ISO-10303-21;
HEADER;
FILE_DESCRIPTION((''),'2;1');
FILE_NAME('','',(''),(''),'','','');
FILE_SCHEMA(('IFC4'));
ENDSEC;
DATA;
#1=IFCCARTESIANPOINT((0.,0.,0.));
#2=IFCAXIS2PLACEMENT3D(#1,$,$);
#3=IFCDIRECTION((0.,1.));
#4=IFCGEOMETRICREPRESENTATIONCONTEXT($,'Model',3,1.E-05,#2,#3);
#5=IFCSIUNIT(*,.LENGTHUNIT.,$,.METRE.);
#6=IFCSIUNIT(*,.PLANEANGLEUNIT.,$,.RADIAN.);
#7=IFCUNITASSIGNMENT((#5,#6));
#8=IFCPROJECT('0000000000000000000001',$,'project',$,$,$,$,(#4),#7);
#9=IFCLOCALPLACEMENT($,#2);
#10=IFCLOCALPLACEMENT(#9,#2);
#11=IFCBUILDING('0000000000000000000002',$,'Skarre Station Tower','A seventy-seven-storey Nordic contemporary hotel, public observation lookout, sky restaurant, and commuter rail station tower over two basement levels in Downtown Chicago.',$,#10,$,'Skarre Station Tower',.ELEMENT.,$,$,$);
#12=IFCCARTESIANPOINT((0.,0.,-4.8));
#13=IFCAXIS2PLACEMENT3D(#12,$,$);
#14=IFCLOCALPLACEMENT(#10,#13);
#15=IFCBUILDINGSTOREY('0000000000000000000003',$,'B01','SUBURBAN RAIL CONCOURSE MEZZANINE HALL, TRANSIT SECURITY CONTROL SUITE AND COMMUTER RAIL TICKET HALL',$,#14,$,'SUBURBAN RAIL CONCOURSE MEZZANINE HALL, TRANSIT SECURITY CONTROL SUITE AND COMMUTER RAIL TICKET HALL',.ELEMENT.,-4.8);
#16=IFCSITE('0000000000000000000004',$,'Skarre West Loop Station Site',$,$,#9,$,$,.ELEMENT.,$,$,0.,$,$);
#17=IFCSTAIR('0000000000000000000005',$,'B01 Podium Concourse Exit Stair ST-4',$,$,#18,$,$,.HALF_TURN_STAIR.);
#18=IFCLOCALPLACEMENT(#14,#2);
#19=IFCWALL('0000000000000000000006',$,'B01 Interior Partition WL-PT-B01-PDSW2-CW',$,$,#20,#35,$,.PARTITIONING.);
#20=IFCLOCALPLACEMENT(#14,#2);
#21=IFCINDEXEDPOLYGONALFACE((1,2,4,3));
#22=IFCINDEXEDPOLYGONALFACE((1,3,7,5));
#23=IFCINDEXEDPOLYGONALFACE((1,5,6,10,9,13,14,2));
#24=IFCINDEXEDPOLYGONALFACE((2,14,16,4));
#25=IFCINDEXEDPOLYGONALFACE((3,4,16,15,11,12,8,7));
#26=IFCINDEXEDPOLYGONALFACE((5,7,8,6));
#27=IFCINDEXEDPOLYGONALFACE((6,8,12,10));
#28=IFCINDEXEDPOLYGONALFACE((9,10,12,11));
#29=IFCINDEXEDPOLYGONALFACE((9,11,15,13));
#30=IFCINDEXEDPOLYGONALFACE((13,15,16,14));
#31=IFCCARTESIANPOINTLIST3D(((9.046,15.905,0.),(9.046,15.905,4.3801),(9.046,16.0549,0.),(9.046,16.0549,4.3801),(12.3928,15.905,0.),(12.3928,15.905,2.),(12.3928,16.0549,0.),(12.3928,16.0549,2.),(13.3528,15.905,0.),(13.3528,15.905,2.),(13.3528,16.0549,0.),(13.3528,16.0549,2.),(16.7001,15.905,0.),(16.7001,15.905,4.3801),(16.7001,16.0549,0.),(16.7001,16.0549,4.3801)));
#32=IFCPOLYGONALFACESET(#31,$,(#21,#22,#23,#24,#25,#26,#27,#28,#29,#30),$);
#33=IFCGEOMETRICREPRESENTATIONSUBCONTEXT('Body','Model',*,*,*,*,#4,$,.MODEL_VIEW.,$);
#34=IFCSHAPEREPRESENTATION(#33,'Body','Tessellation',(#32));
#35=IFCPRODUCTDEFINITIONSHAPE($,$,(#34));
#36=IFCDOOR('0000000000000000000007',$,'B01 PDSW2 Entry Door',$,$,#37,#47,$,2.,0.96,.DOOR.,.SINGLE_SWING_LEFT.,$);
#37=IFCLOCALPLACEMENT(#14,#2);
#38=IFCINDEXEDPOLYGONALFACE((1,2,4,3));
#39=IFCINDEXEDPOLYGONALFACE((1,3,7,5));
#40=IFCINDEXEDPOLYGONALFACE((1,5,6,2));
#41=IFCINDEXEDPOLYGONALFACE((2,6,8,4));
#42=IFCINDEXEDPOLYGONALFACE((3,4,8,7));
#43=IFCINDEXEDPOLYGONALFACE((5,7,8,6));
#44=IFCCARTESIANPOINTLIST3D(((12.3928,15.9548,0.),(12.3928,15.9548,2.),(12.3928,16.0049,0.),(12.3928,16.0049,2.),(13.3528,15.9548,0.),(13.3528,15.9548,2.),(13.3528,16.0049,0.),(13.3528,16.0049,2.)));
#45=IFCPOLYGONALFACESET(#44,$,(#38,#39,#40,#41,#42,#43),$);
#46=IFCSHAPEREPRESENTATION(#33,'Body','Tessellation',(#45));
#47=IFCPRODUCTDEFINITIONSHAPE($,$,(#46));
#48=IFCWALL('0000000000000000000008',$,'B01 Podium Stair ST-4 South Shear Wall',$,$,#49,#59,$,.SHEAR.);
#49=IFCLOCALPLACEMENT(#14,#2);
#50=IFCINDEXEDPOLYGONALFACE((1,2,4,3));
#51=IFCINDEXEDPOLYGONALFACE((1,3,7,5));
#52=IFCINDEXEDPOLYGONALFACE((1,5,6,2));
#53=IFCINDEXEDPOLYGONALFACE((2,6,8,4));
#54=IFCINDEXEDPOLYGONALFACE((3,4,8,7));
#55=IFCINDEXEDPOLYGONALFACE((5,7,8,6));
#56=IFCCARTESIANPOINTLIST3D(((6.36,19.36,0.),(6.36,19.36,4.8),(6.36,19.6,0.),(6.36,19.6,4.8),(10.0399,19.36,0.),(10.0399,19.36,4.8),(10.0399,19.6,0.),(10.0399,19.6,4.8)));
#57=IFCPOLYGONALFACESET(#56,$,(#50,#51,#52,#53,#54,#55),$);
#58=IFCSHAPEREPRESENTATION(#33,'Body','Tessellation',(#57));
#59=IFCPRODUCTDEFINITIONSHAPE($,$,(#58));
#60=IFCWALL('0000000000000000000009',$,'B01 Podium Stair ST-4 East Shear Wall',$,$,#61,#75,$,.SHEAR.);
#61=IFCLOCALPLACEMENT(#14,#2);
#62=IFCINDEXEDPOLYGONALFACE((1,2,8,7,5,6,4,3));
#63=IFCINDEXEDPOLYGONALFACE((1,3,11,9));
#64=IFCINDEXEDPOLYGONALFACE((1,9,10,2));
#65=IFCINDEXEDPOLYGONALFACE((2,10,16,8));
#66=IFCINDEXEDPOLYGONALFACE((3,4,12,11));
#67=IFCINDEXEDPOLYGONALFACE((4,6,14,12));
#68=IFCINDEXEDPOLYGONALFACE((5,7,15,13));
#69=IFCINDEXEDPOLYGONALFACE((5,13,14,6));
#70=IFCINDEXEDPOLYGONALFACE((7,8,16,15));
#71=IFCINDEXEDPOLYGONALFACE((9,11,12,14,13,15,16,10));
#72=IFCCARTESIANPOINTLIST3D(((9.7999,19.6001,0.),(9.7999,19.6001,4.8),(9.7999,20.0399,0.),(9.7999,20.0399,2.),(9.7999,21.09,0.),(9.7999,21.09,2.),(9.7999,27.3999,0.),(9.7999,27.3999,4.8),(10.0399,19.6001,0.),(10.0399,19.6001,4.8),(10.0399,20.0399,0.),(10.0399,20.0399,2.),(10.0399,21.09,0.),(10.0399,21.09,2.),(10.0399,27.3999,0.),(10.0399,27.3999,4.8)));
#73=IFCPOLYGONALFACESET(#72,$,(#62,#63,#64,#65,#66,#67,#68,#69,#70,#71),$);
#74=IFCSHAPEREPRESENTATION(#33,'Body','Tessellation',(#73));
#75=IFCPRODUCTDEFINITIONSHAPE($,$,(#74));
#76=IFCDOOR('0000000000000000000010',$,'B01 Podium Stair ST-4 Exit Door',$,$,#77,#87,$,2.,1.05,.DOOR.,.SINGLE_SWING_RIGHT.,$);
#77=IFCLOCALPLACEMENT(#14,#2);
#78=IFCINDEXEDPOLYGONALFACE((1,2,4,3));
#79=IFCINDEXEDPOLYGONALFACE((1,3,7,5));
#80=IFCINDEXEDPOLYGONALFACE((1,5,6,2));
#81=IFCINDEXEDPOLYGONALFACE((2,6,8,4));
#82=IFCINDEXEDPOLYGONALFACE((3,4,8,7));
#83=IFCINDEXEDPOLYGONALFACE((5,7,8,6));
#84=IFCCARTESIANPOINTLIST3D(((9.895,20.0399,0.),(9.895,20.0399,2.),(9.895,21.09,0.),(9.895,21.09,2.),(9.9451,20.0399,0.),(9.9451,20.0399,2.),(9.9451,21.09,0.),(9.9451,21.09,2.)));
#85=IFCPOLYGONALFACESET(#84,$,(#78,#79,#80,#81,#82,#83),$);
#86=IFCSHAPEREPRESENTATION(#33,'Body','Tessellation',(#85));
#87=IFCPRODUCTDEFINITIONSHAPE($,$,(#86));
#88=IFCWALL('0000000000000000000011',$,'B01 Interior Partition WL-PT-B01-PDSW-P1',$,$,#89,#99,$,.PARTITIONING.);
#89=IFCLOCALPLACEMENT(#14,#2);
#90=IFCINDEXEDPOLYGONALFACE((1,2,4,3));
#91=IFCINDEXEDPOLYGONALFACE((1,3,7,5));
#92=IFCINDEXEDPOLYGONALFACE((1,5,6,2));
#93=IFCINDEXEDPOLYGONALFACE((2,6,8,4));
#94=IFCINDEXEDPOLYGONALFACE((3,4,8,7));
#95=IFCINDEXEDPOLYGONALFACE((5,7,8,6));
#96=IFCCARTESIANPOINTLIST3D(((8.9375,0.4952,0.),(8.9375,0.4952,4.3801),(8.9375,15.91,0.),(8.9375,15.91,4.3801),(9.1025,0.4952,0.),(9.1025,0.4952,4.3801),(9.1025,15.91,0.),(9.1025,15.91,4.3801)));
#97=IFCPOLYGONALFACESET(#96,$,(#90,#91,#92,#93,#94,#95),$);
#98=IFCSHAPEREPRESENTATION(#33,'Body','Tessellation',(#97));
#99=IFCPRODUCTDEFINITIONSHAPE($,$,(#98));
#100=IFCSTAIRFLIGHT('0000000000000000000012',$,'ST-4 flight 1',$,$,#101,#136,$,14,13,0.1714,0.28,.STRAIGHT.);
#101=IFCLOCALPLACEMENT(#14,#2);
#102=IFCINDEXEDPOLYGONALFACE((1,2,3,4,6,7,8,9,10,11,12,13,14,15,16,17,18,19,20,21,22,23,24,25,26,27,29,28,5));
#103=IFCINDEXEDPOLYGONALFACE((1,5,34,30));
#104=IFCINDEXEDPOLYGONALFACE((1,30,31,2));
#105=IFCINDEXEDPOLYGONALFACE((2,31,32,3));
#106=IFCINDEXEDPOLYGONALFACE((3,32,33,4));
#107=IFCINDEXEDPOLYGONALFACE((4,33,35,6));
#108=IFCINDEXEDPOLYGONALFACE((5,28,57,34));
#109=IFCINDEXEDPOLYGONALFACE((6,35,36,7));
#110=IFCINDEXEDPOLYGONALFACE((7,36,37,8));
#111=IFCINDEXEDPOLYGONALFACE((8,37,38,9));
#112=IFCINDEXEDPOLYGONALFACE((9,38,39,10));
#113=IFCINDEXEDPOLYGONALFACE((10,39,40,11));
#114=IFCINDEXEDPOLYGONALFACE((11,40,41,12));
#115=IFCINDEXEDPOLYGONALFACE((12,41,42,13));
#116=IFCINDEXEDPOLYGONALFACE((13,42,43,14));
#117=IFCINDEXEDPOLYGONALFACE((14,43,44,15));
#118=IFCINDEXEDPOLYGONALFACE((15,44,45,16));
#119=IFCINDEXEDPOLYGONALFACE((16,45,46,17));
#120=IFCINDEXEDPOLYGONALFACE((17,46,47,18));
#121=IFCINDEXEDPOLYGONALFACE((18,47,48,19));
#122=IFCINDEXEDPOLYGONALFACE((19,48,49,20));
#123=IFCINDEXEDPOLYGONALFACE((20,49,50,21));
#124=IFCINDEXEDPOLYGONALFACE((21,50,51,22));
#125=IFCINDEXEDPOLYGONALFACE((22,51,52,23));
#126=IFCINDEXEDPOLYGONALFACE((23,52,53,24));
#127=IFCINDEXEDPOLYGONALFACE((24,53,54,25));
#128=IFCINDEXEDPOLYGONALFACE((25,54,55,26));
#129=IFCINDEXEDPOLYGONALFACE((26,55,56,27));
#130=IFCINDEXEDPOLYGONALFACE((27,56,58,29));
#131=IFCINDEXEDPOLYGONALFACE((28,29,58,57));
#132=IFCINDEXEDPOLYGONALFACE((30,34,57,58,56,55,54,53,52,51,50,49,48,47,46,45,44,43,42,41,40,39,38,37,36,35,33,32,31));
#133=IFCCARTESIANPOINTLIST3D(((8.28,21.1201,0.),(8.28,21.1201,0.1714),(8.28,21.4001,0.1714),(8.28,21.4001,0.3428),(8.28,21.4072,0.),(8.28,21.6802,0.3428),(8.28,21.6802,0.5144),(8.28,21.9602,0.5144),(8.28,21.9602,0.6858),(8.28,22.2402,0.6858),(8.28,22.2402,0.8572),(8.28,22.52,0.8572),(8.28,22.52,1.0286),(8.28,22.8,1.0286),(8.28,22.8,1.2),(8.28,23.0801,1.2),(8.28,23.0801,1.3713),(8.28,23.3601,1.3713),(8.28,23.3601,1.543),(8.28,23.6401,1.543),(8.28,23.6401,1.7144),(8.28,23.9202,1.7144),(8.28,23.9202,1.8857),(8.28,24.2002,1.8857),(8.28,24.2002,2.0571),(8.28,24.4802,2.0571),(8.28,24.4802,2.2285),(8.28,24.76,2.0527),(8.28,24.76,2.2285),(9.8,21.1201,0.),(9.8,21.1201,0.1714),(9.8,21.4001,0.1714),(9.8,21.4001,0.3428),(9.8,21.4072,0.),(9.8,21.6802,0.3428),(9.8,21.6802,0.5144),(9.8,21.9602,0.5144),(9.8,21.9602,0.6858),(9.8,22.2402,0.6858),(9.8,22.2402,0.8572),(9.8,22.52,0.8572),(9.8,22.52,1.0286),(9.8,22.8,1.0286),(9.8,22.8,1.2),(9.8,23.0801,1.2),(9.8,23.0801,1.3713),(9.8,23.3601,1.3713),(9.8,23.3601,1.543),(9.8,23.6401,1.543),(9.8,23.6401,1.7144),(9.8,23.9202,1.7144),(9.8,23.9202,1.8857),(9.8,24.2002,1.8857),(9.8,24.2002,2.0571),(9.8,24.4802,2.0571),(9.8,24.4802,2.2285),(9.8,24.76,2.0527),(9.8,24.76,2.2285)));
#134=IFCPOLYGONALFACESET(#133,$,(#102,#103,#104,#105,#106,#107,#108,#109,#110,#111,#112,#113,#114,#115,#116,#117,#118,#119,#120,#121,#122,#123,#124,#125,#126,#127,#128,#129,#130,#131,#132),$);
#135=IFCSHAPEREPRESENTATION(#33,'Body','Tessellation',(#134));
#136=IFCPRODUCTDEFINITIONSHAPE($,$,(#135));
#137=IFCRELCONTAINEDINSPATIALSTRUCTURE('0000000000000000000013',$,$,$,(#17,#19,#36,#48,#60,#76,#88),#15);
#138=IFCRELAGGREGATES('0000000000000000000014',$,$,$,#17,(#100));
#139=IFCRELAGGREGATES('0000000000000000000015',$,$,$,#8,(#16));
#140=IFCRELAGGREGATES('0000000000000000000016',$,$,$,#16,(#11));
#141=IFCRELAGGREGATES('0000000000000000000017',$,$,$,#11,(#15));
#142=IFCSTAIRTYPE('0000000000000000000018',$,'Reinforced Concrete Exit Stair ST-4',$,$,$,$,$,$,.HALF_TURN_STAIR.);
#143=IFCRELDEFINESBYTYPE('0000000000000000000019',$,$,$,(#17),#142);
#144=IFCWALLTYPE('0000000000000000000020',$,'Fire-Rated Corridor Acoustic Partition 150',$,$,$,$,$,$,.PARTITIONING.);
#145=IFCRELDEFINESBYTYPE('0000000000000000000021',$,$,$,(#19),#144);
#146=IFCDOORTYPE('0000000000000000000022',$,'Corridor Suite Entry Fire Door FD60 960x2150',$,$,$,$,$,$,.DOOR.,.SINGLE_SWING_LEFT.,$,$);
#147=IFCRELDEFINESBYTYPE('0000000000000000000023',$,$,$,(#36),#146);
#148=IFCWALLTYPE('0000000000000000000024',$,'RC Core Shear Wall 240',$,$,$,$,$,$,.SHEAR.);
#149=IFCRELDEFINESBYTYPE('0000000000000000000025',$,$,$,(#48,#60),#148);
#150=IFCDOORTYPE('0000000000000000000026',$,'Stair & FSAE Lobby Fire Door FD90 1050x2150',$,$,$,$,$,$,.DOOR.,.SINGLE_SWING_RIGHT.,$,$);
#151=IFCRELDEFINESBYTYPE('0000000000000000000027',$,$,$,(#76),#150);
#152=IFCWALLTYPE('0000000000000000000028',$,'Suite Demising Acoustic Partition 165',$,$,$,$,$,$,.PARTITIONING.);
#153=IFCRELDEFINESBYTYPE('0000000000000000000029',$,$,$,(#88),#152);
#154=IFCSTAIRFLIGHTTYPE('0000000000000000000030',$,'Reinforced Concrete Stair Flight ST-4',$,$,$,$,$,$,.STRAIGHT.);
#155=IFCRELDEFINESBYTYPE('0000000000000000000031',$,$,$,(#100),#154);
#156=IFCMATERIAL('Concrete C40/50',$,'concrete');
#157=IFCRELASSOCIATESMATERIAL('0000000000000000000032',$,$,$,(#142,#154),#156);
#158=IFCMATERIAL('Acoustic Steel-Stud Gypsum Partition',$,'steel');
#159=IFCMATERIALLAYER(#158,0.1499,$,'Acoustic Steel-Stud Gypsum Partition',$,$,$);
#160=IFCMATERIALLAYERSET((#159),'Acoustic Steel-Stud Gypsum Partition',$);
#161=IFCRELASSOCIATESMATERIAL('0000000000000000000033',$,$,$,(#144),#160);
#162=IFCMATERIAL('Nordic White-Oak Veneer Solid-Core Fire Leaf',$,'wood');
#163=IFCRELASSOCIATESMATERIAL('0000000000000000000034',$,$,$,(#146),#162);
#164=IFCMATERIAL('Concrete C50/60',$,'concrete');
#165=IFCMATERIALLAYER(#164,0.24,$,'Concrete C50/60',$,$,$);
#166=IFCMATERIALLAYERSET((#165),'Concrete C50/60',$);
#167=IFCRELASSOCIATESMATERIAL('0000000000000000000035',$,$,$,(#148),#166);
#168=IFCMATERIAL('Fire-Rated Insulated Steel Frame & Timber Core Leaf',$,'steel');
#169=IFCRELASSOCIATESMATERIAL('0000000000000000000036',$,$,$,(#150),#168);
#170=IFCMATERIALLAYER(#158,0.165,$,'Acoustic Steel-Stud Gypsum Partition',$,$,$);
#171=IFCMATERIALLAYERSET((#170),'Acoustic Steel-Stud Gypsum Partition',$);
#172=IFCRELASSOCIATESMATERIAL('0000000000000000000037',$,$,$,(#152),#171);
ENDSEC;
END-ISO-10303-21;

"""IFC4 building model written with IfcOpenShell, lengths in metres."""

from ifc_helpers import new_model, si_unit, direction, frame, frame_2d, origin, place, context, subcontext, project, spatial, polyline, rectangle, outline, extrude, material, layer, layer_set, type_object, element, fill, aggregate, save


model = new_model("IFC4")

# Units and contexts
model_context = context("Model", 3, precision=1e-05, world=origin(), true_north=direction((0.0, 1.0)))
body_context = subcontext(model_context, "Body", "Model", "MODEL_VIEW")
ifc_project = project(units=[si_unit("LENGTHUNIT", "METRE"), si_unit("PLANEANGLEUNIT", "RADIAN")], contexts=[model_context])

# Site, building, storey
site_placement = place(None, origin())
site = spatial("IfcSite", under=ifc_project, at=site_placement, Name="Skarre West Loop Station Site", CompositionType="ELEMENT", RefElevation=0.0)
building_placement = place(site_placement, origin())
building = spatial("IfcBuilding", under=site, at=building_placement, Name="Skarre Station Tower", Description="A seventy-seven-storey Nordic contemporary hotel, public observation lookout, sky restaurant, and commuter rail station tower over two basement levels in Downtown Chicago.", LongName="Skarre Station Tower", CompositionType="ELEMENT")
storey_placement = place(building_placement, frame((0.0, 0.0, -4.8)))
storey = spatial("IfcBuildingStorey", under=building, at=storey_placement, Name="B01", Description="SUBURBAN RAIL CONCOURSE MEZZANINE HALL, TRANSIT SECURITY CONTROL SUITE AND COMMUTER RAIL TICKET HALL", LongName="SUBURBAN RAIL CONCOURSE MEZZANINE HALL, TRANSIT SECURITY CONTROL SUITE AND COMMUTER RAIL TICKET HALL", CompositionType="ELEMENT", Elevation=-4.8)

# Shared definitions
ifc_material_1 = material(Name="Concrete C50/60", Category="concrete")

# Stair
ifc_material_2 = material(Name="Concrete C40/50", Category="concrete")
stair_type_1 = type_object("IfcStairType", Name="Reinforced Concrete Exit Stair ST-4", PredefinedType="HALF_TURN_STAIR", material=ifc_material_2)
stair_1_placement = place(storey_placement, origin())
stair_1 = element("IfcStair", 1, at=stair_1_placement, inside=storey, type_object=stair_type_1, Name="B01 Podium Concourse Exit Stair ST-4", PredefinedType="HALF_TURN_STAIR")

# Wall, opening, door
ifc_material_3 = material(Name="Acoustic Steel-Stud Gypsum Partition", Category="steel")
ifc_layer_1 = layer(ifc_material_3, 0.1499, Name="Acoustic Steel-Stud Gypsum Partition")
ifc_layer_set_1 = layer_set([ifc_layer_1], Name="Acoustic Steel-Stud Gypsum Partition")
wall_type_1 = type_object("IfcWallType", Name="Fire-Rated Corridor Acoustic Partition 150", PredefinedType="PARTITIONING", material=ifc_layer_set_1)
ifc_material_4 = material(Name="Nordic White-Oak Veneer Solid-Core Fire Leaf", Category="wood")
door_type_1 = type_object("IfcDoorType", Name="Corridor Suite Entry Fire Door FD60 960x2150", OperationType="SINGLE_SWING_LEFT", PredefinedType="DOOR", material=ifc_material_4)
wall_1_placement = place(storey_placement, frame((9.0459, 15.98, 0.0), z_axis=(0.0, 0.0, 1.0), x_axis=(1.0, 0.0, 0.0)))
wall_1 = element("IfcWall", 2, at=wall_1_placement, inside=storey, type_object=wall_type_1, Name="B01 Interior Partition WL-PT-B01-PDSW2-CW", PredefinedType="PARTITIONING", context=body_context, shape_type="SweptSolid", body=[
    extrude(rectangle(XDim=7.6541, YDim=0.1499, at=frame_2d((3.8271, 0.0))), origin(), (0.0, 0.0, 1.0), 4.3801),
])
opening_1_placement = place(wall_1_placement, frame((3.3469, 0.0, 0.0)))
opening_1 = element("IfcOpeningElement", 3, at=opening_1_placement, cuts=wall_1, PredefinedType="OPENING", context=body_context, shape_type="SweptSolid", body=[
    extrude(rectangle(XDim=0.96, YDim=2.0, at=frame_2d((0.48, 1.0))), frame((0.0, 0.085, 0.0), z_axis=(0.0, -1.0, 0.0), x_axis=(1.0, 0.0, 0.0)), (0.0, 0.0, 1.0), 0.1699),
])
door_1_placement = place(opening_1_placement, origin())
door_1 = element("IfcDoor", 4, at=door_1_placement, inside=storey, type_object=door_type_1, Name="B01 PDSW2 Entry Door", OperationType="SINGLE_SWING_LEFT", OverallHeight=2.0, OverallWidth=0.96, PredefinedType="DOOR", context=body_context, shape_type="SweptSolid", body=[
    extrude(rectangle(XDim=0.96, YDim=2.0, at=frame_2d((0.48, 1.0))), frame((0.0, 0.0249, 0.0), z_axis=(0.0, -1.0, 0.0), x_axis=(1.0, 0.0, 0.0)), (0.0, 0.0, 1.0), 0.05),
])
fill(opening_1, door_1)

# Wall
ifc_layer_2 = layer(ifc_material_1, 0.24, Name="Concrete C50/60")
ifc_layer_set_2 = layer_set([ifc_layer_2], Name="Concrete C50/60")
wall_type_2 = type_object("IfcWallType", Name="RC Core Shear Wall 240", PredefinedType="SHEAR", material=ifc_layer_set_2)
wall_2_placement = place(storey_placement, frame((6.3601, 19.48, 0.0), z_axis=(0.0, 0.0, 1.0), x_axis=(1.0, 0.0, 0.0)))
element("IfcWall", 5, at=wall_2_placement, inside=storey, type_object=wall_type_2, Name="B01 Podium Stair ST-4 South Shear Wall", PredefinedType="SHEAR", context=body_context, shape_type="SweptSolid", body=[
    extrude(rectangle(XDim=3.6799, YDim=0.24, at=frame_2d((1.8398, 0.0))), origin(), (0.0, 0.0, 1.0), 4.8),
])

# Wall, opening, door
wall_3_placement = place(storey_placement, frame((9.9199, 19.6001, 0.0), z_axis=(0.0, 0.0, 1.0), x_axis=(0.0, 1.0, 0.0)))
wall_3 = element("IfcWall", 6, at=wall_3_placement, inside=storey, type_object=wall_type_2, Name="B01 Podium Stair ST-4 East Shear Wall", PredefinedType="SHEAR", context=body_context, shape_type="SweptSolid", body=[
    extrude(rectangle(XDim=7.7998, YDim=0.24, at=frame_2d((3.8999, 0.0))), origin(), (0.0, 0.0, 1.0), 4.8),
])
opening_2_placement = place(wall_3_placement, frame((0.4399, 0.0, 0.0)))
opening_2 = element("IfcOpeningElement", 7, at=opening_2_placement, cuts=wall_3, PredefinedType="OPENING", context=body_context, shape_type="SweptSolid", body=[
    extrude(rectangle(XDim=1.05, YDim=2.0, at=frame_2d((0.5249, 1.0))), frame((0.0, 0.1299, 0.0), z_axis=(0.0, -1.0, 0.0), x_axis=(1.0, 0.0, 0.0)), (0.0, 0.0, 1.0), 0.26),
])
ifc_material_5 = material(Name="Fire-Rated Insulated Steel Frame & Timber Core Leaf", Category="steel")
door_type_2 = type_object("IfcDoorType", Name="Stair & FSAE Lobby Fire Door FD90 1050x2150", OperationType="SINGLE_SWING_RIGHT", PredefinedType="DOOR", material=ifc_material_5)
door_2_placement = place(opening_2_placement, origin())
door_2 = element("IfcDoor", 8, at=door_2_placement, inside=storey, type_object=door_type_2, Name="B01 Podium Stair ST-4 Exit Door", OperationType="SINGLE_SWING_RIGHT", OverallHeight=2.0, OverallWidth=1.05, PredefinedType="DOOR", context=body_context, shape_type="SweptSolid", body=[
    extrude(rectangle(XDim=1.05, YDim=2.0, at=frame_2d((0.5249, 1.0))), frame((0.0, 0.0249, 0.0), z_axis=(0.0, -1.0, 0.0), x_axis=(1.0, 0.0, 0.0)), (0.0, 0.0, 1.0), 0.05),
])
fill(opening_2, door_2)

# Wall
ifc_layer_3 = layer(ifc_material_3, 0.165, Name="Acoustic Steel-Stud Gypsum Partition")
ifc_layer_set_3 = layer_set([ifc_layer_3], Name="Acoustic Steel-Stud Gypsum Partition")
wall_type_3 = type_object("IfcWallType", Name="Suite Demising Acoustic Partition 165", PredefinedType="PARTITIONING", material=ifc_layer_set_3)
wall_4_placement = place(storey_placement, frame((9.02, 0.4951, 0.0), z_axis=(0.0, 0.0, 1.0), x_axis=(0.0, 1.0, 0.0)))
element("IfcWall", 9, at=wall_4_placement, inside=storey, type_object=wall_type_3, Name="B01 Interior Partition WL-PT-B01-PDSW-P1", PredefinedType="PARTITIONING", context=body_context, shape_type="SweptSolid", body=[
    extrude(rectangle(XDim=15.4148, YDim=0.165, at=frame_2d((7.7075, 0.0))), origin(), (0.0, 0.0, 1.0), 4.3801),
])

# Stair flight
stair_flight_type = type_object("IfcStairFlightType", Name="Reinforced Concrete Stair Flight ST-4", PredefinedType="STRAIGHT", material=ifc_material_2)
stair_flight_placement = place(storey_placement, frame((9.04, 21.1201, 0.0), z_axis=(0.0, 0.0, 1.0), x_axis=(0.0, 1.0, 0.0)))
stair_flight = element("IfcStairFlight", 10, at=stair_flight_placement, type_object=stair_flight_type, Name="ST-4 flight 1", NumberOfRisers=14, NumberOfTreads=13, PredefinedType="STRAIGHT", RiserHeight=0.1714, TreadLength=0.28, context=body_context, shape_type="SweptSolid", body=[
    extrude(outline(polyline([(0.0, 0.0), (0.0, 0.1714), (0.28, 0.1714), (0.28, 0.3428), (0.5601, 0.3428), (0.5601, 0.5144), (0.8401, 0.5144), (0.8401, 0.6858), (1.1201, 0.6858), (1.1201, 0.8572), (1.3999, 0.8572), (1.3999, 1.0286), (1.6799, 1.0286), (1.6799, 1.2), (1.96, 1.2), (1.96, 1.3713), (2.24, 1.3713), (2.24, 1.543), (2.52, 1.543), (2.52, 1.7144), (2.8, 1.7144), (2.8, 1.8857), (3.0801, 1.8857), (3.0801, 2.0571), (3.3601, 2.0571), (3.3601, 2.2285), (3.6399, 2.2285), (3.6399, 2.3999), (3.6399, 2.0527), (0.2871, 0.0), (0.0, 0.0)])), frame((0.0, 0.76, 0.0), z_axis=(0.0, -1.0, 0.0), x_axis=(1.0, 0.0, 0.0)), (0.0, 0.0, 1.0), 1.52),
])
aggregate(stair_1, [stair_flight])

save(model, "model.ifc")
